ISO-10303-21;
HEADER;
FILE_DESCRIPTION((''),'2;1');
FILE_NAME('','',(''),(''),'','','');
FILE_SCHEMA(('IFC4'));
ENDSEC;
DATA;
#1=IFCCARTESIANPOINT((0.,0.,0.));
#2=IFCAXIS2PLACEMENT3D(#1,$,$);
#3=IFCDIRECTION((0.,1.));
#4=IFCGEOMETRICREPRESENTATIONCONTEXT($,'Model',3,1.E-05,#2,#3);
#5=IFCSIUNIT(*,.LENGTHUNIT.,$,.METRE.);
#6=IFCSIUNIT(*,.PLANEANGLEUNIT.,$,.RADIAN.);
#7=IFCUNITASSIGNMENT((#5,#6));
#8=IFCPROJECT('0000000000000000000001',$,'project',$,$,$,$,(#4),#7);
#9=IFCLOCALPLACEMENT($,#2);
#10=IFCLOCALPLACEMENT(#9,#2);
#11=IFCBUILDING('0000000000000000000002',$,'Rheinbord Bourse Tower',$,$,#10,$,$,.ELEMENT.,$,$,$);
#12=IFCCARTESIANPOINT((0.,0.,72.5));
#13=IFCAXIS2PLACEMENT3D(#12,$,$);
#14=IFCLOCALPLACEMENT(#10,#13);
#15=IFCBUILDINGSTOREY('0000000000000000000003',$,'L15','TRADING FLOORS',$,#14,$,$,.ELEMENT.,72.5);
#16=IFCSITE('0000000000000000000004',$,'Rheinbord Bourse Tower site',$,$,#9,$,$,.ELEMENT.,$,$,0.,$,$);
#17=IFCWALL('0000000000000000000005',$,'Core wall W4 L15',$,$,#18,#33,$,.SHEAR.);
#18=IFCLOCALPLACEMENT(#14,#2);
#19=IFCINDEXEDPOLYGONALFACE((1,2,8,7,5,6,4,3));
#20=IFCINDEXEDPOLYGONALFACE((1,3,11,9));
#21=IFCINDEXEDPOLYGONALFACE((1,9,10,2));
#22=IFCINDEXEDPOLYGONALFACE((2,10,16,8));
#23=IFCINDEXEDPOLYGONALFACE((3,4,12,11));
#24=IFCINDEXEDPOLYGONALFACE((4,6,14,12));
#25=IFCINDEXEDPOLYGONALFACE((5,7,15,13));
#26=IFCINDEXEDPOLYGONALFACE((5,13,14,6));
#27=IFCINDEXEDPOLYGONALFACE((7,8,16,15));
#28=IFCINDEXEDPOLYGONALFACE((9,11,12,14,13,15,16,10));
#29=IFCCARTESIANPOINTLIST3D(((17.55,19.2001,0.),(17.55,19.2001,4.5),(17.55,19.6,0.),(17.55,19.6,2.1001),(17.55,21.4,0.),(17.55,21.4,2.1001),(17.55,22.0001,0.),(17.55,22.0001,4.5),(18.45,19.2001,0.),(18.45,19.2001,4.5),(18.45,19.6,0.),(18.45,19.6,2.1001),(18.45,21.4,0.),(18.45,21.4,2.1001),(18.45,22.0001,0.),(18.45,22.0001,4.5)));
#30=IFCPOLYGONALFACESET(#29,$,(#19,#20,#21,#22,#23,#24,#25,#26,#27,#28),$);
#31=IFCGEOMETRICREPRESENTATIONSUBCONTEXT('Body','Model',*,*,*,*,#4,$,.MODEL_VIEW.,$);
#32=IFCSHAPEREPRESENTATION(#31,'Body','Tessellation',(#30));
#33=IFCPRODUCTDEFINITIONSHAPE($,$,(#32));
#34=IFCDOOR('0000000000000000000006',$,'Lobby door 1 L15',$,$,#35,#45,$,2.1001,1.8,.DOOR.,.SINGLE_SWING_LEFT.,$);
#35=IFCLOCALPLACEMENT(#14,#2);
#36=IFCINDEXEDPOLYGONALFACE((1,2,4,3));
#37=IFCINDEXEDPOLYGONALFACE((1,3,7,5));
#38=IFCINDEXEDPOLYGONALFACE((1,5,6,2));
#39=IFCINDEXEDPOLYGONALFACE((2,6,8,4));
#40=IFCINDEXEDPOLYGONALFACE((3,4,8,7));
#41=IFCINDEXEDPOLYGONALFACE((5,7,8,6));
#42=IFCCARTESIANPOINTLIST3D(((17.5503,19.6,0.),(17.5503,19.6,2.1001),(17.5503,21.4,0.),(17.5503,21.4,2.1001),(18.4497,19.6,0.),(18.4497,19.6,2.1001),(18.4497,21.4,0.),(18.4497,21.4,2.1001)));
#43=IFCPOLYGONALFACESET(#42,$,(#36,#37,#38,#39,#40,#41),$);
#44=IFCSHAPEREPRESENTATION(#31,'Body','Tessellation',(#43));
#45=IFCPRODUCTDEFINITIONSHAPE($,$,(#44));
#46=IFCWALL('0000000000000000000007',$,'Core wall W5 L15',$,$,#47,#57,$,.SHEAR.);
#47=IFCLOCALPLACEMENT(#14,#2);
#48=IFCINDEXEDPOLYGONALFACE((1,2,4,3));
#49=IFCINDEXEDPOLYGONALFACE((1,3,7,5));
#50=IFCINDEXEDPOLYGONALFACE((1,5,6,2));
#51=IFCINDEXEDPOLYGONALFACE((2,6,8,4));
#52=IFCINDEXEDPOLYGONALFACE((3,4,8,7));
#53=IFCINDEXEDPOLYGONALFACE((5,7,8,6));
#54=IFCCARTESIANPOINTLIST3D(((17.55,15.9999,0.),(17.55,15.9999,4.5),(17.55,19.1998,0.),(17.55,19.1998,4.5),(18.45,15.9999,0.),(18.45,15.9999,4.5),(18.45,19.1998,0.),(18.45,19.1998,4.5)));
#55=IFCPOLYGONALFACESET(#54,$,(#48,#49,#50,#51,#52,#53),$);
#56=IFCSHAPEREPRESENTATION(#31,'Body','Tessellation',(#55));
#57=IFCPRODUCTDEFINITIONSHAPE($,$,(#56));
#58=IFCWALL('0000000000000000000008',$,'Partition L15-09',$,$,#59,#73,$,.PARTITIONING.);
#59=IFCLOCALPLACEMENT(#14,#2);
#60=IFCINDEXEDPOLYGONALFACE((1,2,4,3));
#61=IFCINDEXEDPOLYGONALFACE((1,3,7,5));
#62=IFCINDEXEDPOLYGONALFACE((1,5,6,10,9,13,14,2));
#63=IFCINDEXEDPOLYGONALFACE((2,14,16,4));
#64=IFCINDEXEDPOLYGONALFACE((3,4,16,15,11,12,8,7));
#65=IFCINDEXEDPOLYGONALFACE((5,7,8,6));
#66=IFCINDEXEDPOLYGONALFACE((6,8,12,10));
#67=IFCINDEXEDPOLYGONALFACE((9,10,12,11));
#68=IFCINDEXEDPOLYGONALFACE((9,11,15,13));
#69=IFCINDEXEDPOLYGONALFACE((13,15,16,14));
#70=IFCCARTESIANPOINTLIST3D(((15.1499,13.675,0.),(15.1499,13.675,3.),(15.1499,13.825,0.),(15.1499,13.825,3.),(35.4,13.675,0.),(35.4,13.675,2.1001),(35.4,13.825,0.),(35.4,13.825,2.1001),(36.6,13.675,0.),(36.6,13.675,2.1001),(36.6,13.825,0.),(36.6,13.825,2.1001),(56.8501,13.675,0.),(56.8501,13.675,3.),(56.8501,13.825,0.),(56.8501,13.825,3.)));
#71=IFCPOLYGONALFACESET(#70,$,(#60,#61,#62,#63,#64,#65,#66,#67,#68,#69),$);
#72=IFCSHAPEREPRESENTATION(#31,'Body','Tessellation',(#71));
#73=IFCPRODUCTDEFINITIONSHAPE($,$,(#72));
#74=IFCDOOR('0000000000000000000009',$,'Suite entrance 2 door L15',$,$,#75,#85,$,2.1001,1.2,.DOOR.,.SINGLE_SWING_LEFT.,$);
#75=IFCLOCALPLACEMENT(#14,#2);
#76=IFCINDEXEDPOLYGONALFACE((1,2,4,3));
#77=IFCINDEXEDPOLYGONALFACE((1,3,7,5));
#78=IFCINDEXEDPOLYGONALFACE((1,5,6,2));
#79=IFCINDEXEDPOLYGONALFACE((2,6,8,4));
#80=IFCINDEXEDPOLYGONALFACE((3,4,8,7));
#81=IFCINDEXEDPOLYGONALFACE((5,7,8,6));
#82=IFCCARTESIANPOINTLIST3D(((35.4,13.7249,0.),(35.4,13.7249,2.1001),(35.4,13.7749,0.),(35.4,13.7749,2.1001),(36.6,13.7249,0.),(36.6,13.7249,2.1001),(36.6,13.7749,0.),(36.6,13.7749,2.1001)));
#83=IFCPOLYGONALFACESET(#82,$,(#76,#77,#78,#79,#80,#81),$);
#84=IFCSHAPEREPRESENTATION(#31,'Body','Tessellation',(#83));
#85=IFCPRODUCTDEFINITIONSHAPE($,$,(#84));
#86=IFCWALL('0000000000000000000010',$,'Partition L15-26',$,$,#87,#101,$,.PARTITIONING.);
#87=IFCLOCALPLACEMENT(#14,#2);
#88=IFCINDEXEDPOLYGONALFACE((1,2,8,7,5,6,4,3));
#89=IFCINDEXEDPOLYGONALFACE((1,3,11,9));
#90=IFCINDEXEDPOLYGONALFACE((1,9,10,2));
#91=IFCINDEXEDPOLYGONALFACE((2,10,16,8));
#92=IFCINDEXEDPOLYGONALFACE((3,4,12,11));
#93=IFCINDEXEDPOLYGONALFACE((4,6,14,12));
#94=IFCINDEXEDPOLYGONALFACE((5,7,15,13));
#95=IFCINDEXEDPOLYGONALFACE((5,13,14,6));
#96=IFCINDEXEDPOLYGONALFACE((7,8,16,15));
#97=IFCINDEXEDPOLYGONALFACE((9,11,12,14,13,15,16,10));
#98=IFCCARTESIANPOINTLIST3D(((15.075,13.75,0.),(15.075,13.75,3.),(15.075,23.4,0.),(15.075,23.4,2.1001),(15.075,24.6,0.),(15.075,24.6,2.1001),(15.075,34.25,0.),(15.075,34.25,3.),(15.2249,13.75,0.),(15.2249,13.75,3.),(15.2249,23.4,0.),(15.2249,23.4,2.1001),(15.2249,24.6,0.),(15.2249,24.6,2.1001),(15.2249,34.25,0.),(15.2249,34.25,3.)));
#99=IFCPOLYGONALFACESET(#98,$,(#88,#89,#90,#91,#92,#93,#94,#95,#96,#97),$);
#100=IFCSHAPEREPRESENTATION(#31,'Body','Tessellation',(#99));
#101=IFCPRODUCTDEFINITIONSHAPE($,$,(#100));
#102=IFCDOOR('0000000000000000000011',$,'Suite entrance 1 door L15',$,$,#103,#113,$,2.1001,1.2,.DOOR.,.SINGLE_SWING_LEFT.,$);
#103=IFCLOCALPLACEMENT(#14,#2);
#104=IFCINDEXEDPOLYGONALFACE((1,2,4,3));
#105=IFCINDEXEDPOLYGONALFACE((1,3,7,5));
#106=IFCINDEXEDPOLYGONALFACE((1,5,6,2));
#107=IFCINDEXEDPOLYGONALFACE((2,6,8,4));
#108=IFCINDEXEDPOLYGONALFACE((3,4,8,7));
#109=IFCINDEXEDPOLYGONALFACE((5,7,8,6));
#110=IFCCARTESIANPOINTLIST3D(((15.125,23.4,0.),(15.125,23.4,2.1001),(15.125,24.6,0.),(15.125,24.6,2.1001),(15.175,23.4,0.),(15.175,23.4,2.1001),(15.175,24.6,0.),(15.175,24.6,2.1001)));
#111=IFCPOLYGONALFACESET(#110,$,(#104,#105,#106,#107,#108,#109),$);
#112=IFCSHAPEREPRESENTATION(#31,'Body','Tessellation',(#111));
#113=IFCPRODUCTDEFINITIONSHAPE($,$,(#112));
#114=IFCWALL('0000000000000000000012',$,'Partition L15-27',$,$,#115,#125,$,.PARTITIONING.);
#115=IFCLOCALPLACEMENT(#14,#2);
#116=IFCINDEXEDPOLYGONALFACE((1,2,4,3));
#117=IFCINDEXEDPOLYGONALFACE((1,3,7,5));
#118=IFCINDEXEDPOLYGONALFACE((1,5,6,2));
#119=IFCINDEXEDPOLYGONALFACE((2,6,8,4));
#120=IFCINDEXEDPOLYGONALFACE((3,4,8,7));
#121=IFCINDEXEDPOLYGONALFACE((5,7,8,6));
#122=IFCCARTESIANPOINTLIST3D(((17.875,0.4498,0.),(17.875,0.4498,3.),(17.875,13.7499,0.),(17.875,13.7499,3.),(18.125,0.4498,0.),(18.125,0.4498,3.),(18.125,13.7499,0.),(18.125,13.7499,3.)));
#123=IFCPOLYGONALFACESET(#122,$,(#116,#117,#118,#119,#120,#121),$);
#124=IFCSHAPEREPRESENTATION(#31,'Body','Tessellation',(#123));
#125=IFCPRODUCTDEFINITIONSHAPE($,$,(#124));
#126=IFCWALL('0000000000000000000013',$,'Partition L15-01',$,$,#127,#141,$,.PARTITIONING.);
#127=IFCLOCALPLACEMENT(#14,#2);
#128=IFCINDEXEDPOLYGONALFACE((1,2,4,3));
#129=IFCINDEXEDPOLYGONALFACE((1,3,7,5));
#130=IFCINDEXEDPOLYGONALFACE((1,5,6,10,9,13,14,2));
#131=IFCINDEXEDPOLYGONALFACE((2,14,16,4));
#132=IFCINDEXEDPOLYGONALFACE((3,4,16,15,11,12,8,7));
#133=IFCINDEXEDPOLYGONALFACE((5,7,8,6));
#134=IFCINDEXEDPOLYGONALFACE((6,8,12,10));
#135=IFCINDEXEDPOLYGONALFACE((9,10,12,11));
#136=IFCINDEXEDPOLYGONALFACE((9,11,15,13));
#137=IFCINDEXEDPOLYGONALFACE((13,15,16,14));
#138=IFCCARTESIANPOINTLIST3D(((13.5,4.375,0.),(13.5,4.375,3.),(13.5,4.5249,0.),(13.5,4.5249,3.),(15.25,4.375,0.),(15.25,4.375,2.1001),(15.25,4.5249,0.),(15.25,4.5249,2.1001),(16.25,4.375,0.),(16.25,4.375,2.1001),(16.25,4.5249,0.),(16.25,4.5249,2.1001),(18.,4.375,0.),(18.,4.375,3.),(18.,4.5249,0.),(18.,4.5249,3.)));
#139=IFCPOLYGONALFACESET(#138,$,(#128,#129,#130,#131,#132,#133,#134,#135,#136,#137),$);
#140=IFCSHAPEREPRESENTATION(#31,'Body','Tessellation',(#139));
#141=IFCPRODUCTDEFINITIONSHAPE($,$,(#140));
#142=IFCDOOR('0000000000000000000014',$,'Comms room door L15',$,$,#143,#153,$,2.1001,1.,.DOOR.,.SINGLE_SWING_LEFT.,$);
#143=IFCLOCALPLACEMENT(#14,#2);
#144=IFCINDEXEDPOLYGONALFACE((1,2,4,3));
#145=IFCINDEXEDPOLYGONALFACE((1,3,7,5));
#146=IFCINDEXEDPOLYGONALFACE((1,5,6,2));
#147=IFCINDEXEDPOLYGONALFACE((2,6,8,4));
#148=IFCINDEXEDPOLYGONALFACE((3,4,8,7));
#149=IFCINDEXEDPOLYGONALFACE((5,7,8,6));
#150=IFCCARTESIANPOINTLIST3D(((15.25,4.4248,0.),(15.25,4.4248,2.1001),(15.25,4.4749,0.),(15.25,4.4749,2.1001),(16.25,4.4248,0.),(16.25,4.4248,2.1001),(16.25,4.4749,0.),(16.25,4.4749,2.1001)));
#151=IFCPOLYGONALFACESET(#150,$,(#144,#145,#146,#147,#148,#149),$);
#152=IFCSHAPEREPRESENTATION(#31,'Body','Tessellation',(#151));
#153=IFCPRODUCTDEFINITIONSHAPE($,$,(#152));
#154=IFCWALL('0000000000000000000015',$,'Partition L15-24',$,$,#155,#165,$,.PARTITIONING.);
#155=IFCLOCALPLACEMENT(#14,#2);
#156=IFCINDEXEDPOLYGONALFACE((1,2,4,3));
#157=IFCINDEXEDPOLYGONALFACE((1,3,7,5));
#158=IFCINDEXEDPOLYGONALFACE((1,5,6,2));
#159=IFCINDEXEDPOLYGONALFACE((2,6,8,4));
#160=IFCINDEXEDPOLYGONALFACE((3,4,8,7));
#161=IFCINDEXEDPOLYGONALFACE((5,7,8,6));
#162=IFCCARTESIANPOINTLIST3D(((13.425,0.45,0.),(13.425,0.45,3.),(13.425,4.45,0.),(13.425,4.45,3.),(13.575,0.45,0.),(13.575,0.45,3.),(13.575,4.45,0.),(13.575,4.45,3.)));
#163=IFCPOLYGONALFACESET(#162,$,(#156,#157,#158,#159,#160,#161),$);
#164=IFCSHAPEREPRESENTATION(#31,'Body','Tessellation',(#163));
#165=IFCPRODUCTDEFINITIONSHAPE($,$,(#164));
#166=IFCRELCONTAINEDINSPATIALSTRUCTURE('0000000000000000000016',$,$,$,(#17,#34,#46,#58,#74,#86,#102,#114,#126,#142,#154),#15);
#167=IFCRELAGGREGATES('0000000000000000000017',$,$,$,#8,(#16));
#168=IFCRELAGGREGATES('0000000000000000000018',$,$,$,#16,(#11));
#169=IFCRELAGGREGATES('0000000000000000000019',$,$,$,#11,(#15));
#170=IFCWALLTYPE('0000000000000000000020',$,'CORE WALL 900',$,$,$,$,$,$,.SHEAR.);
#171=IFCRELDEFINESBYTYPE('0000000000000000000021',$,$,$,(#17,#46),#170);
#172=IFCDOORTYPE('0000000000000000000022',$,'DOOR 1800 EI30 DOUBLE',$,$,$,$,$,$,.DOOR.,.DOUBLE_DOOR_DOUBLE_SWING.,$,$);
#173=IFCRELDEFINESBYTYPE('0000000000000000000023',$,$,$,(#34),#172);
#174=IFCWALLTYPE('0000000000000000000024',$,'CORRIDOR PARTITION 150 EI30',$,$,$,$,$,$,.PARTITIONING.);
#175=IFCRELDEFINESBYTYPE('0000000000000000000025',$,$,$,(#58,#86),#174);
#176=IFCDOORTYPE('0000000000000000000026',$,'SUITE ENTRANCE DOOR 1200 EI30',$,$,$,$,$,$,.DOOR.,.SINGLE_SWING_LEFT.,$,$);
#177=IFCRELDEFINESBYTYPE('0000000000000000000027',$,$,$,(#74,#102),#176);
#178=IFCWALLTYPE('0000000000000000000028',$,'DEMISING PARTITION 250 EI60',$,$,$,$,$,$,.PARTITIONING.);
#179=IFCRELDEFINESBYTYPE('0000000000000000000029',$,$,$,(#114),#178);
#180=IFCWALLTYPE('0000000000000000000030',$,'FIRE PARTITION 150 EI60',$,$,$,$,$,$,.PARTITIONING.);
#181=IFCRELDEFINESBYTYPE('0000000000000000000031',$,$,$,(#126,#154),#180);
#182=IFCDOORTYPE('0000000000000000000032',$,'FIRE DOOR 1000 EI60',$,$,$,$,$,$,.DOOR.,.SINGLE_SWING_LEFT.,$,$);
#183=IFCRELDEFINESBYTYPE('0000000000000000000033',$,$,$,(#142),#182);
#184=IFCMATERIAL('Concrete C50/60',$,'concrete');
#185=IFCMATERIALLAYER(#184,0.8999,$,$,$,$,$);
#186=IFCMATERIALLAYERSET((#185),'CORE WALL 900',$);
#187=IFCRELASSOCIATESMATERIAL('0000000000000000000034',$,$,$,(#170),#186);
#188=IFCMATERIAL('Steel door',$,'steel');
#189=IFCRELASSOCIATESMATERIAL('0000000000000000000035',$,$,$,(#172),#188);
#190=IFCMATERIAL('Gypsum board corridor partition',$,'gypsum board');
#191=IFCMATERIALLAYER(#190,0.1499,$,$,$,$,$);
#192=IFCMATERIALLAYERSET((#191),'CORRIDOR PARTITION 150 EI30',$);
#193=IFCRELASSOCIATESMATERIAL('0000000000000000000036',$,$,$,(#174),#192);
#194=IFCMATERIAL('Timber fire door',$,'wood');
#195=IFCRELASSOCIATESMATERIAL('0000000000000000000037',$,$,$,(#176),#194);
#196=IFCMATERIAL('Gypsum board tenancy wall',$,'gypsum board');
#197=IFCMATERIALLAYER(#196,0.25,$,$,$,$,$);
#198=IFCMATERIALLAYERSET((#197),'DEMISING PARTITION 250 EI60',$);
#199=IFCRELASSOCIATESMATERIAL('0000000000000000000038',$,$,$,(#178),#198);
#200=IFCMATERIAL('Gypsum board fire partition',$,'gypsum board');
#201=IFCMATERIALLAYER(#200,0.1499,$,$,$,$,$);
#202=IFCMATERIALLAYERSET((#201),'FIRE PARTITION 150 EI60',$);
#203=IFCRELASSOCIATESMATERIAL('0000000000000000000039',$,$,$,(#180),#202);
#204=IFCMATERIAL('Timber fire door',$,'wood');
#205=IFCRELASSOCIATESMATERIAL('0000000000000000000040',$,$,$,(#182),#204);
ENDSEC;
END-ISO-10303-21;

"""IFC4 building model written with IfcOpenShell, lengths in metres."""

from ifc_helpers import new_model, si_unit, direction, frame, frame_2d, origin, place, context, subcontext, project, spatial, rectangle, extrude, material, layer, layer_set, type_object, element, fill, save


model = new_model("IFC4")

# Units and contexts
model_context = context("Model", 3, precision=1e-05, world=origin(), true_north=direction((0.0, 1.0)))
body_context = subcontext(model_context, "Body", "Model", "MODEL_VIEW")
ifc_project = project(units=[si_unit("LENGTHUNIT", "METRE"), si_unit("PLANEANGLEUNIT", "RADIAN")], contexts=[model_context])

# Site, building, storey
site_placement = place(None, origin())
site = spatial("IfcSite", under=ifc_project, at=site_placement, Name="Rheinbord Bourse Tower site", CompositionType="ELEMENT", RefElevation=0.0)
building_placement = place(site_placement, origin())
building = spatial("IfcBuilding", under=site, at=building_placement, Name="Rheinbord Bourse Tower", CompositionType="ELEMENT")
storey_placement = place(building_placement, frame((0.0, 0.0, 72.5)))
storey = spatial("IfcBuildingStorey", under=building, at=storey_placement, Name="L15", Description="TRADING FLOORS", CompositionType="ELEMENT", Elevation=72.5)

# Shared definitions
ifc_material_1 = material(Name="Concrete C50/60", Category="concrete")
ifc_layer_1 = layer(ifc_material_1, 0.8999)
ifc_layer_set_1 = layer_set([ifc_layer_1], Name="CORE WALL 900")
wall_type_1 = type_object("IfcWallType", Name="CORE WALL 900", PredefinedType="SHEAR", material=ifc_layer_set_1)

# Wall, opening, door
wall_1_placement = place(storey_placement, frame((18.0, 22.0, 0.0), z_axis=(0.0, 0.0, 1.0), x_axis=(0.0, -1.0, 0.0)))
wall_1 = element("IfcWall", 1, at=wall_1_placement, inside=storey, type_object=wall_type_1, Name="Core wall W4 L15", PredefinedType="SHEAR", context=body_context, shape_type="SweptSolid", body=[
    extrude(rectangle(XDim=2.8, YDim=0.8999, at=frame_2d((1.3999, 0.0))), origin(), (0.0, 0.0, 1.0), 4.5),
])
opening_1_placement = place(wall_1_placement, frame((0.6001, 0.0, 0.0)))
opening_1 = element("IfcOpeningElement", 2, at=opening_1_placement, cuts=wall_1, PredefinedType="OPENING", context=body_context, shape_type="SweptSolid", body=[
    extrude(rectangle(XDim=1.8, YDim=2.1001, at=frame_2d((0.8999, 1.05))), frame((0.0, 0.46, 0.0), z_axis=(0.0, -1.0, 0.0), x_axis=(1.0, 0.0, 0.0)), (0.0, 0.0, 1.0), 0.9199),
])
ifc_material_2 = material(Name="Steel door", Category="steel")
door_type_1 = type_object("IfcDoorType", Name="DOOR 1800 EI30 DOUBLE", OperationType="DOUBLE_DOOR_DOUBLE_SWING", PredefinedType="DOOR", material=ifc_material_2)
door_1_placement = place(opening_1_placement, origin())
door_1 = element("IfcDoor", 3, at=door_1_placement, inside=storey, type_object=door_type_1, Name="Lobby door 1 L15", OperationType="SINGLE_SWING_LEFT", OverallHeight=2.1001, OverallWidth=1.8, PredefinedType="DOOR", context=body_context, shape_type="SweptSolid", body=[
    extrude(rectangle(XDim=1.8, YDim=2.1001, at=frame_2d((0.8999, 1.05))), frame((0.0, 0.4497, 0.0), z_axis=(0.0, -1.0, 0.0), x_axis=(1.0, 0.0, 0.0)), (0.0, 0.0, 1.0), 0.8994),
])
fill(opening_1, door_1)

# Wall
wall_2_placement = place(storey_placement, frame((18.0, 19.2, 0.0), z_axis=(0.0, 0.0, 1.0), x_axis=(0.0, -1.0, 0.0)))
element("IfcWall", 4, at=wall_2_placement, inside=storey, type_object=wall_type_1, Name="Core wall W5 L15", PredefinedType="SHEAR", context=body_context, shape_type="SweptSolid", body=[
    extrude(rectangle(XDim=3.2, YDim=0.8999, at=frame_2d((1.6001, 0.0))), origin(), (0.0, 0.0, 1.0), 4.5),
])

# Walls, openings, doors
ifc_material_3 = material(Name="Gypsum board corridor partition", Category="gypsum board")
ifc_layer_2 = layer(ifc_material_3, 0.1499)
ifc_layer_set_2 = layer_set([ifc_layer_2], Name="CORRIDOR PARTITION 150 EI30")
wall_type_2 = type_object("IfcWallType", Name="CORRIDOR PARTITION 150 EI30", PredefinedType="PARTITIONING", material=ifc_layer_set_2)
wall_3_placement = place(storey_placement, frame((15.1499, 13.75, 0.0), z_axis=(0.0, 0.0, 1.0), x_axis=(1.0, 0.0, 0.0)))
wall_3 = element("IfcWall", 5, at=wall_3_placement, inside=storey, type_object=wall_type_2, Name="Partition L15-09", PredefinedType="PARTITIONING", context=body_context, shape_type="SweptSolid", body=[
    extrude(rectangle(XDim=41.7002, YDim=0.1499, at=frame_2d((20.8501, 0.0))), origin(), (0.0, 0.0, 1.0), 3.0),
])
opening_2_placement = place(wall_3_placement, frame((20.25, 0.0, 0.0)))
opening_2 = element("IfcOpeningElement", 6, at=opening_2_placement, cuts=wall_3, PredefinedType="OPENING", context=body_context, shape_type="SweptSolid", body=[
    extrude(rectangle(XDim=1.2, YDim=2.1001, at=frame_2d((0.6001, 1.05))), frame((0.0, 0.085, 0.0), z_axis=(0.0, -1.0, 0.0), x_axis=(1.0, 0.0, 0.0)), (0.0, 0.0, 1.0), 0.1699),
])
ifc_material_4 = material(Name="Timber fire door", Category="wood")
door_type_2 = type_object("IfcDoorType", Name="SUITE ENTRANCE DOOR 1200 EI30", OperationType="SINGLE_SWING_LEFT", PredefinedType="DOOR", material=ifc_material_4)
door_2_placement = place(opening_2_placement, origin())
door_2 = element("IfcDoor", 7, at=door_2_placement, inside=storey, type_object=door_type_2, Name="Suite entrance 2 door L15", OperationType="SINGLE_SWING_LEFT", OverallHeight=2.1001, OverallWidth=1.2, PredefinedType="DOOR", context=body_context, shape_type="SweptSolid", body=[
    extrude(rectangle(XDim=1.2, YDim=2.1001, at=frame_2d((0.6001, 1.05))), frame((0.0, 0.0249, 0.0), z_axis=(0.0, -1.0, 0.0), x_axis=(1.0, 0.0, 0.0)), (0.0, 0.0, 1.0), 0.05),
])
fill(opening_2, door_2)
wall_4_placement = place(storey_placement, frame((15.1499, 13.75, 0.0), z_axis=(0.0, 0.0, 1.0), x_axis=(0.0, 1.0, 0.0)))
wall_4 = element("IfcWall", 8, at=wall_4_placement, inside=storey, type_object=wall_type_2, Name="Partition L15-26", PredefinedType="PARTITIONING", context=body_context, shape_type="SweptSolid", body=[
    extrude(rectangle(XDim=20.5, YDim=0.1499, at=frame_2d((10.25, 0.0))), origin(), (0.0, 0.0, 1.0), 3.0),
])
opening_3_placement = place(wall_4_placement, frame((9.6499, 0.0, 0.0)))
opening_3 = element("IfcOpeningElement", 9, at=opening_3_placement, cuts=wall_4, PredefinedType="OPENING", context=body_context, shape_type="SweptSolid", body=[
    extrude(rectangle(XDim=1.2, YDim=2.1001, at=frame_2d((0.6001, 1.05))), frame((0.0, 0.085, 0.0), z_axis=(0.0, -1.0, 0.0), x_axis=(1.0, 0.0, 0.0)), (0.0, 0.0, 1.0), 0.1699),
])
door_3_placement = place(opening_3_placement, origin())
door_3 = element("IfcDoor", 10, at=door_3_placement, inside=storey, type_object=door_type_2, Name="Suite entrance 1 door L15", OperationType="SINGLE_SWING_LEFT", OverallHeight=2.1001, OverallWidth=1.2, PredefinedType="DOOR", context=body_context, shape_type="SweptSolid", body=[
    extrude(rectangle(XDim=1.2, YDim=2.1001, at=frame_2d((0.6001, 1.05))), frame((0.0, 0.0249, 0.0), z_axis=(0.0, -1.0, 0.0), x_axis=(1.0, 0.0, 0.0)), (0.0, 0.0, 1.0), 0.05),
])
fill(opening_3, door_3)

# Wall
ifc_material_5 = material(Name="Gypsum board tenancy wall", Category="gypsum board")
ifc_layer_3 = layer(ifc_material_5, 0.25)
ifc_layer_set_3 = layer_set([ifc_layer_3], Name="DEMISING PARTITION 250 EI60")
wall_type_3 = type_object("IfcWallType", Name="DEMISING PARTITION 250 EI60", PredefinedType="PARTITIONING", material=ifc_layer_set_3)
wall_5_placement = place(storey_placement, frame((18.0, 0.45, 0.0), z_axis=(0.0, 0.0, 1.0), x_axis=(0.0, 1.0, 0.0)))
element("IfcWall", 11, at=wall_5_placement, inside=storey, type_object=wall_type_3, Name="Partition L15-27", PredefinedType="PARTITIONING", context=body_context, shape_type="SweptSolid", body=[
    extrude(rectangle(XDim=13.3, YDim=0.25, at=frame_2d((6.6499, 0.0))), origin(), (0.0, 0.0, 1.0), 3.0),
])

# Wall, opening, door
ifc_material_6 = material(Name="Gypsum board fire partition", Category="gypsum board")
ifc_layer_4 = layer(ifc_material_6, 0.1499)
ifc_layer_set_4 = layer_set([ifc_layer_4], Name="FIRE PARTITION 150 EI60")
wall_type_4 = type_object("IfcWallType", Name="FIRE PARTITION 150 EI60", PredefinedType="PARTITIONING", material=ifc_layer_set_4)
wall_6_placement = place(storey_placement, frame((13.5, 4.45, 0.0), z_axis=(0.0, 0.0, 1.0), x_axis=(1.0, 0.0, 0.0)))
wall_6 = element("IfcWall", 12, at=wall_6_placement, inside=storey, type_object=wall_type_4, Name="Partition L15-01", PredefinedType="PARTITIONING", context=body_context, shape_type="SweptSolid", body=[
    extrude(rectangle(XDim=4.5, YDim=0.1499, at=frame_2d((2.25, 0.0))), origin(), (0.0, 0.0, 1.0), 3.0),
])
opening_4_placement = place(wall_6_placement, frame((1.75, 0.0, 0.0)))
opening_4 = element("IfcOpeningElement", 13, at=opening_4_placement, cuts=wall_6, PredefinedType="OPENING", context=body_context, shape_type="SweptSolid", body=[
    extrude(rectangle(XDim=1.0, YDim=2.1001, at=frame_2d((0.5, 1.05))), frame((0.0, 0.085, 0.0), z_axis=(0.0, -1.0, 0.0), x_axis=(1.0, 0.0, 0.0)), (0.0, 0.0, 1.0), 0.1699),
])
ifc_material_7 = material(Name="Timber fire door", Category="wood")
door_type_3 = type_object("IfcDoorType", Name="FIRE DOOR 1000 EI60", OperationType="SINGLE_SWING_LEFT", PredefinedType="DOOR", material=ifc_material_7)
door_4_placement = place(opening_4_placement, origin())
door_4 = element("IfcDoor", 14, at=door_4_placement, inside=storey, type_object=door_type_3, Name="Comms room door L15", OperationType="SINGLE_SWING_LEFT", OverallHeight=2.1001, OverallWidth=1.0, PredefinedType="DOOR", context=body_context, shape_type="SweptSolid", body=[
    extrude(rectangle(XDim=1.0, YDim=2.1001, at=frame_2d((0.5, 1.05))), frame((0.0, 0.0249, 0.0), z_axis=(0.0, -1.0, 0.0), x_axis=(1.0, 0.0, 0.0)), (0.0, 0.0, 1.0), 0.05),
])
fill(opening_4, door_4)

# Wall
wall_7_placement = place(storey_placement, frame((13.5, 0.45, 0.0), z_axis=(0.0, 0.0, 1.0), x_axis=(0.0, 1.0, 0.0)))
element("IfcWall", 15, at=wall_7_placement, inside=storey, type_object=wall_type_4, Name="Partition L15-24", PredefinedType="PARTITIONING", context=body_context, shape_type="SweptSolid", body=[
    extrude(rectangle(XDim=4.0, YDim=0.1499, at=frame_2d((2.0, 0.0))), origin(), (0.0, 0.0, 1.0), 3.0),
])

save(model, "model.ifc")
